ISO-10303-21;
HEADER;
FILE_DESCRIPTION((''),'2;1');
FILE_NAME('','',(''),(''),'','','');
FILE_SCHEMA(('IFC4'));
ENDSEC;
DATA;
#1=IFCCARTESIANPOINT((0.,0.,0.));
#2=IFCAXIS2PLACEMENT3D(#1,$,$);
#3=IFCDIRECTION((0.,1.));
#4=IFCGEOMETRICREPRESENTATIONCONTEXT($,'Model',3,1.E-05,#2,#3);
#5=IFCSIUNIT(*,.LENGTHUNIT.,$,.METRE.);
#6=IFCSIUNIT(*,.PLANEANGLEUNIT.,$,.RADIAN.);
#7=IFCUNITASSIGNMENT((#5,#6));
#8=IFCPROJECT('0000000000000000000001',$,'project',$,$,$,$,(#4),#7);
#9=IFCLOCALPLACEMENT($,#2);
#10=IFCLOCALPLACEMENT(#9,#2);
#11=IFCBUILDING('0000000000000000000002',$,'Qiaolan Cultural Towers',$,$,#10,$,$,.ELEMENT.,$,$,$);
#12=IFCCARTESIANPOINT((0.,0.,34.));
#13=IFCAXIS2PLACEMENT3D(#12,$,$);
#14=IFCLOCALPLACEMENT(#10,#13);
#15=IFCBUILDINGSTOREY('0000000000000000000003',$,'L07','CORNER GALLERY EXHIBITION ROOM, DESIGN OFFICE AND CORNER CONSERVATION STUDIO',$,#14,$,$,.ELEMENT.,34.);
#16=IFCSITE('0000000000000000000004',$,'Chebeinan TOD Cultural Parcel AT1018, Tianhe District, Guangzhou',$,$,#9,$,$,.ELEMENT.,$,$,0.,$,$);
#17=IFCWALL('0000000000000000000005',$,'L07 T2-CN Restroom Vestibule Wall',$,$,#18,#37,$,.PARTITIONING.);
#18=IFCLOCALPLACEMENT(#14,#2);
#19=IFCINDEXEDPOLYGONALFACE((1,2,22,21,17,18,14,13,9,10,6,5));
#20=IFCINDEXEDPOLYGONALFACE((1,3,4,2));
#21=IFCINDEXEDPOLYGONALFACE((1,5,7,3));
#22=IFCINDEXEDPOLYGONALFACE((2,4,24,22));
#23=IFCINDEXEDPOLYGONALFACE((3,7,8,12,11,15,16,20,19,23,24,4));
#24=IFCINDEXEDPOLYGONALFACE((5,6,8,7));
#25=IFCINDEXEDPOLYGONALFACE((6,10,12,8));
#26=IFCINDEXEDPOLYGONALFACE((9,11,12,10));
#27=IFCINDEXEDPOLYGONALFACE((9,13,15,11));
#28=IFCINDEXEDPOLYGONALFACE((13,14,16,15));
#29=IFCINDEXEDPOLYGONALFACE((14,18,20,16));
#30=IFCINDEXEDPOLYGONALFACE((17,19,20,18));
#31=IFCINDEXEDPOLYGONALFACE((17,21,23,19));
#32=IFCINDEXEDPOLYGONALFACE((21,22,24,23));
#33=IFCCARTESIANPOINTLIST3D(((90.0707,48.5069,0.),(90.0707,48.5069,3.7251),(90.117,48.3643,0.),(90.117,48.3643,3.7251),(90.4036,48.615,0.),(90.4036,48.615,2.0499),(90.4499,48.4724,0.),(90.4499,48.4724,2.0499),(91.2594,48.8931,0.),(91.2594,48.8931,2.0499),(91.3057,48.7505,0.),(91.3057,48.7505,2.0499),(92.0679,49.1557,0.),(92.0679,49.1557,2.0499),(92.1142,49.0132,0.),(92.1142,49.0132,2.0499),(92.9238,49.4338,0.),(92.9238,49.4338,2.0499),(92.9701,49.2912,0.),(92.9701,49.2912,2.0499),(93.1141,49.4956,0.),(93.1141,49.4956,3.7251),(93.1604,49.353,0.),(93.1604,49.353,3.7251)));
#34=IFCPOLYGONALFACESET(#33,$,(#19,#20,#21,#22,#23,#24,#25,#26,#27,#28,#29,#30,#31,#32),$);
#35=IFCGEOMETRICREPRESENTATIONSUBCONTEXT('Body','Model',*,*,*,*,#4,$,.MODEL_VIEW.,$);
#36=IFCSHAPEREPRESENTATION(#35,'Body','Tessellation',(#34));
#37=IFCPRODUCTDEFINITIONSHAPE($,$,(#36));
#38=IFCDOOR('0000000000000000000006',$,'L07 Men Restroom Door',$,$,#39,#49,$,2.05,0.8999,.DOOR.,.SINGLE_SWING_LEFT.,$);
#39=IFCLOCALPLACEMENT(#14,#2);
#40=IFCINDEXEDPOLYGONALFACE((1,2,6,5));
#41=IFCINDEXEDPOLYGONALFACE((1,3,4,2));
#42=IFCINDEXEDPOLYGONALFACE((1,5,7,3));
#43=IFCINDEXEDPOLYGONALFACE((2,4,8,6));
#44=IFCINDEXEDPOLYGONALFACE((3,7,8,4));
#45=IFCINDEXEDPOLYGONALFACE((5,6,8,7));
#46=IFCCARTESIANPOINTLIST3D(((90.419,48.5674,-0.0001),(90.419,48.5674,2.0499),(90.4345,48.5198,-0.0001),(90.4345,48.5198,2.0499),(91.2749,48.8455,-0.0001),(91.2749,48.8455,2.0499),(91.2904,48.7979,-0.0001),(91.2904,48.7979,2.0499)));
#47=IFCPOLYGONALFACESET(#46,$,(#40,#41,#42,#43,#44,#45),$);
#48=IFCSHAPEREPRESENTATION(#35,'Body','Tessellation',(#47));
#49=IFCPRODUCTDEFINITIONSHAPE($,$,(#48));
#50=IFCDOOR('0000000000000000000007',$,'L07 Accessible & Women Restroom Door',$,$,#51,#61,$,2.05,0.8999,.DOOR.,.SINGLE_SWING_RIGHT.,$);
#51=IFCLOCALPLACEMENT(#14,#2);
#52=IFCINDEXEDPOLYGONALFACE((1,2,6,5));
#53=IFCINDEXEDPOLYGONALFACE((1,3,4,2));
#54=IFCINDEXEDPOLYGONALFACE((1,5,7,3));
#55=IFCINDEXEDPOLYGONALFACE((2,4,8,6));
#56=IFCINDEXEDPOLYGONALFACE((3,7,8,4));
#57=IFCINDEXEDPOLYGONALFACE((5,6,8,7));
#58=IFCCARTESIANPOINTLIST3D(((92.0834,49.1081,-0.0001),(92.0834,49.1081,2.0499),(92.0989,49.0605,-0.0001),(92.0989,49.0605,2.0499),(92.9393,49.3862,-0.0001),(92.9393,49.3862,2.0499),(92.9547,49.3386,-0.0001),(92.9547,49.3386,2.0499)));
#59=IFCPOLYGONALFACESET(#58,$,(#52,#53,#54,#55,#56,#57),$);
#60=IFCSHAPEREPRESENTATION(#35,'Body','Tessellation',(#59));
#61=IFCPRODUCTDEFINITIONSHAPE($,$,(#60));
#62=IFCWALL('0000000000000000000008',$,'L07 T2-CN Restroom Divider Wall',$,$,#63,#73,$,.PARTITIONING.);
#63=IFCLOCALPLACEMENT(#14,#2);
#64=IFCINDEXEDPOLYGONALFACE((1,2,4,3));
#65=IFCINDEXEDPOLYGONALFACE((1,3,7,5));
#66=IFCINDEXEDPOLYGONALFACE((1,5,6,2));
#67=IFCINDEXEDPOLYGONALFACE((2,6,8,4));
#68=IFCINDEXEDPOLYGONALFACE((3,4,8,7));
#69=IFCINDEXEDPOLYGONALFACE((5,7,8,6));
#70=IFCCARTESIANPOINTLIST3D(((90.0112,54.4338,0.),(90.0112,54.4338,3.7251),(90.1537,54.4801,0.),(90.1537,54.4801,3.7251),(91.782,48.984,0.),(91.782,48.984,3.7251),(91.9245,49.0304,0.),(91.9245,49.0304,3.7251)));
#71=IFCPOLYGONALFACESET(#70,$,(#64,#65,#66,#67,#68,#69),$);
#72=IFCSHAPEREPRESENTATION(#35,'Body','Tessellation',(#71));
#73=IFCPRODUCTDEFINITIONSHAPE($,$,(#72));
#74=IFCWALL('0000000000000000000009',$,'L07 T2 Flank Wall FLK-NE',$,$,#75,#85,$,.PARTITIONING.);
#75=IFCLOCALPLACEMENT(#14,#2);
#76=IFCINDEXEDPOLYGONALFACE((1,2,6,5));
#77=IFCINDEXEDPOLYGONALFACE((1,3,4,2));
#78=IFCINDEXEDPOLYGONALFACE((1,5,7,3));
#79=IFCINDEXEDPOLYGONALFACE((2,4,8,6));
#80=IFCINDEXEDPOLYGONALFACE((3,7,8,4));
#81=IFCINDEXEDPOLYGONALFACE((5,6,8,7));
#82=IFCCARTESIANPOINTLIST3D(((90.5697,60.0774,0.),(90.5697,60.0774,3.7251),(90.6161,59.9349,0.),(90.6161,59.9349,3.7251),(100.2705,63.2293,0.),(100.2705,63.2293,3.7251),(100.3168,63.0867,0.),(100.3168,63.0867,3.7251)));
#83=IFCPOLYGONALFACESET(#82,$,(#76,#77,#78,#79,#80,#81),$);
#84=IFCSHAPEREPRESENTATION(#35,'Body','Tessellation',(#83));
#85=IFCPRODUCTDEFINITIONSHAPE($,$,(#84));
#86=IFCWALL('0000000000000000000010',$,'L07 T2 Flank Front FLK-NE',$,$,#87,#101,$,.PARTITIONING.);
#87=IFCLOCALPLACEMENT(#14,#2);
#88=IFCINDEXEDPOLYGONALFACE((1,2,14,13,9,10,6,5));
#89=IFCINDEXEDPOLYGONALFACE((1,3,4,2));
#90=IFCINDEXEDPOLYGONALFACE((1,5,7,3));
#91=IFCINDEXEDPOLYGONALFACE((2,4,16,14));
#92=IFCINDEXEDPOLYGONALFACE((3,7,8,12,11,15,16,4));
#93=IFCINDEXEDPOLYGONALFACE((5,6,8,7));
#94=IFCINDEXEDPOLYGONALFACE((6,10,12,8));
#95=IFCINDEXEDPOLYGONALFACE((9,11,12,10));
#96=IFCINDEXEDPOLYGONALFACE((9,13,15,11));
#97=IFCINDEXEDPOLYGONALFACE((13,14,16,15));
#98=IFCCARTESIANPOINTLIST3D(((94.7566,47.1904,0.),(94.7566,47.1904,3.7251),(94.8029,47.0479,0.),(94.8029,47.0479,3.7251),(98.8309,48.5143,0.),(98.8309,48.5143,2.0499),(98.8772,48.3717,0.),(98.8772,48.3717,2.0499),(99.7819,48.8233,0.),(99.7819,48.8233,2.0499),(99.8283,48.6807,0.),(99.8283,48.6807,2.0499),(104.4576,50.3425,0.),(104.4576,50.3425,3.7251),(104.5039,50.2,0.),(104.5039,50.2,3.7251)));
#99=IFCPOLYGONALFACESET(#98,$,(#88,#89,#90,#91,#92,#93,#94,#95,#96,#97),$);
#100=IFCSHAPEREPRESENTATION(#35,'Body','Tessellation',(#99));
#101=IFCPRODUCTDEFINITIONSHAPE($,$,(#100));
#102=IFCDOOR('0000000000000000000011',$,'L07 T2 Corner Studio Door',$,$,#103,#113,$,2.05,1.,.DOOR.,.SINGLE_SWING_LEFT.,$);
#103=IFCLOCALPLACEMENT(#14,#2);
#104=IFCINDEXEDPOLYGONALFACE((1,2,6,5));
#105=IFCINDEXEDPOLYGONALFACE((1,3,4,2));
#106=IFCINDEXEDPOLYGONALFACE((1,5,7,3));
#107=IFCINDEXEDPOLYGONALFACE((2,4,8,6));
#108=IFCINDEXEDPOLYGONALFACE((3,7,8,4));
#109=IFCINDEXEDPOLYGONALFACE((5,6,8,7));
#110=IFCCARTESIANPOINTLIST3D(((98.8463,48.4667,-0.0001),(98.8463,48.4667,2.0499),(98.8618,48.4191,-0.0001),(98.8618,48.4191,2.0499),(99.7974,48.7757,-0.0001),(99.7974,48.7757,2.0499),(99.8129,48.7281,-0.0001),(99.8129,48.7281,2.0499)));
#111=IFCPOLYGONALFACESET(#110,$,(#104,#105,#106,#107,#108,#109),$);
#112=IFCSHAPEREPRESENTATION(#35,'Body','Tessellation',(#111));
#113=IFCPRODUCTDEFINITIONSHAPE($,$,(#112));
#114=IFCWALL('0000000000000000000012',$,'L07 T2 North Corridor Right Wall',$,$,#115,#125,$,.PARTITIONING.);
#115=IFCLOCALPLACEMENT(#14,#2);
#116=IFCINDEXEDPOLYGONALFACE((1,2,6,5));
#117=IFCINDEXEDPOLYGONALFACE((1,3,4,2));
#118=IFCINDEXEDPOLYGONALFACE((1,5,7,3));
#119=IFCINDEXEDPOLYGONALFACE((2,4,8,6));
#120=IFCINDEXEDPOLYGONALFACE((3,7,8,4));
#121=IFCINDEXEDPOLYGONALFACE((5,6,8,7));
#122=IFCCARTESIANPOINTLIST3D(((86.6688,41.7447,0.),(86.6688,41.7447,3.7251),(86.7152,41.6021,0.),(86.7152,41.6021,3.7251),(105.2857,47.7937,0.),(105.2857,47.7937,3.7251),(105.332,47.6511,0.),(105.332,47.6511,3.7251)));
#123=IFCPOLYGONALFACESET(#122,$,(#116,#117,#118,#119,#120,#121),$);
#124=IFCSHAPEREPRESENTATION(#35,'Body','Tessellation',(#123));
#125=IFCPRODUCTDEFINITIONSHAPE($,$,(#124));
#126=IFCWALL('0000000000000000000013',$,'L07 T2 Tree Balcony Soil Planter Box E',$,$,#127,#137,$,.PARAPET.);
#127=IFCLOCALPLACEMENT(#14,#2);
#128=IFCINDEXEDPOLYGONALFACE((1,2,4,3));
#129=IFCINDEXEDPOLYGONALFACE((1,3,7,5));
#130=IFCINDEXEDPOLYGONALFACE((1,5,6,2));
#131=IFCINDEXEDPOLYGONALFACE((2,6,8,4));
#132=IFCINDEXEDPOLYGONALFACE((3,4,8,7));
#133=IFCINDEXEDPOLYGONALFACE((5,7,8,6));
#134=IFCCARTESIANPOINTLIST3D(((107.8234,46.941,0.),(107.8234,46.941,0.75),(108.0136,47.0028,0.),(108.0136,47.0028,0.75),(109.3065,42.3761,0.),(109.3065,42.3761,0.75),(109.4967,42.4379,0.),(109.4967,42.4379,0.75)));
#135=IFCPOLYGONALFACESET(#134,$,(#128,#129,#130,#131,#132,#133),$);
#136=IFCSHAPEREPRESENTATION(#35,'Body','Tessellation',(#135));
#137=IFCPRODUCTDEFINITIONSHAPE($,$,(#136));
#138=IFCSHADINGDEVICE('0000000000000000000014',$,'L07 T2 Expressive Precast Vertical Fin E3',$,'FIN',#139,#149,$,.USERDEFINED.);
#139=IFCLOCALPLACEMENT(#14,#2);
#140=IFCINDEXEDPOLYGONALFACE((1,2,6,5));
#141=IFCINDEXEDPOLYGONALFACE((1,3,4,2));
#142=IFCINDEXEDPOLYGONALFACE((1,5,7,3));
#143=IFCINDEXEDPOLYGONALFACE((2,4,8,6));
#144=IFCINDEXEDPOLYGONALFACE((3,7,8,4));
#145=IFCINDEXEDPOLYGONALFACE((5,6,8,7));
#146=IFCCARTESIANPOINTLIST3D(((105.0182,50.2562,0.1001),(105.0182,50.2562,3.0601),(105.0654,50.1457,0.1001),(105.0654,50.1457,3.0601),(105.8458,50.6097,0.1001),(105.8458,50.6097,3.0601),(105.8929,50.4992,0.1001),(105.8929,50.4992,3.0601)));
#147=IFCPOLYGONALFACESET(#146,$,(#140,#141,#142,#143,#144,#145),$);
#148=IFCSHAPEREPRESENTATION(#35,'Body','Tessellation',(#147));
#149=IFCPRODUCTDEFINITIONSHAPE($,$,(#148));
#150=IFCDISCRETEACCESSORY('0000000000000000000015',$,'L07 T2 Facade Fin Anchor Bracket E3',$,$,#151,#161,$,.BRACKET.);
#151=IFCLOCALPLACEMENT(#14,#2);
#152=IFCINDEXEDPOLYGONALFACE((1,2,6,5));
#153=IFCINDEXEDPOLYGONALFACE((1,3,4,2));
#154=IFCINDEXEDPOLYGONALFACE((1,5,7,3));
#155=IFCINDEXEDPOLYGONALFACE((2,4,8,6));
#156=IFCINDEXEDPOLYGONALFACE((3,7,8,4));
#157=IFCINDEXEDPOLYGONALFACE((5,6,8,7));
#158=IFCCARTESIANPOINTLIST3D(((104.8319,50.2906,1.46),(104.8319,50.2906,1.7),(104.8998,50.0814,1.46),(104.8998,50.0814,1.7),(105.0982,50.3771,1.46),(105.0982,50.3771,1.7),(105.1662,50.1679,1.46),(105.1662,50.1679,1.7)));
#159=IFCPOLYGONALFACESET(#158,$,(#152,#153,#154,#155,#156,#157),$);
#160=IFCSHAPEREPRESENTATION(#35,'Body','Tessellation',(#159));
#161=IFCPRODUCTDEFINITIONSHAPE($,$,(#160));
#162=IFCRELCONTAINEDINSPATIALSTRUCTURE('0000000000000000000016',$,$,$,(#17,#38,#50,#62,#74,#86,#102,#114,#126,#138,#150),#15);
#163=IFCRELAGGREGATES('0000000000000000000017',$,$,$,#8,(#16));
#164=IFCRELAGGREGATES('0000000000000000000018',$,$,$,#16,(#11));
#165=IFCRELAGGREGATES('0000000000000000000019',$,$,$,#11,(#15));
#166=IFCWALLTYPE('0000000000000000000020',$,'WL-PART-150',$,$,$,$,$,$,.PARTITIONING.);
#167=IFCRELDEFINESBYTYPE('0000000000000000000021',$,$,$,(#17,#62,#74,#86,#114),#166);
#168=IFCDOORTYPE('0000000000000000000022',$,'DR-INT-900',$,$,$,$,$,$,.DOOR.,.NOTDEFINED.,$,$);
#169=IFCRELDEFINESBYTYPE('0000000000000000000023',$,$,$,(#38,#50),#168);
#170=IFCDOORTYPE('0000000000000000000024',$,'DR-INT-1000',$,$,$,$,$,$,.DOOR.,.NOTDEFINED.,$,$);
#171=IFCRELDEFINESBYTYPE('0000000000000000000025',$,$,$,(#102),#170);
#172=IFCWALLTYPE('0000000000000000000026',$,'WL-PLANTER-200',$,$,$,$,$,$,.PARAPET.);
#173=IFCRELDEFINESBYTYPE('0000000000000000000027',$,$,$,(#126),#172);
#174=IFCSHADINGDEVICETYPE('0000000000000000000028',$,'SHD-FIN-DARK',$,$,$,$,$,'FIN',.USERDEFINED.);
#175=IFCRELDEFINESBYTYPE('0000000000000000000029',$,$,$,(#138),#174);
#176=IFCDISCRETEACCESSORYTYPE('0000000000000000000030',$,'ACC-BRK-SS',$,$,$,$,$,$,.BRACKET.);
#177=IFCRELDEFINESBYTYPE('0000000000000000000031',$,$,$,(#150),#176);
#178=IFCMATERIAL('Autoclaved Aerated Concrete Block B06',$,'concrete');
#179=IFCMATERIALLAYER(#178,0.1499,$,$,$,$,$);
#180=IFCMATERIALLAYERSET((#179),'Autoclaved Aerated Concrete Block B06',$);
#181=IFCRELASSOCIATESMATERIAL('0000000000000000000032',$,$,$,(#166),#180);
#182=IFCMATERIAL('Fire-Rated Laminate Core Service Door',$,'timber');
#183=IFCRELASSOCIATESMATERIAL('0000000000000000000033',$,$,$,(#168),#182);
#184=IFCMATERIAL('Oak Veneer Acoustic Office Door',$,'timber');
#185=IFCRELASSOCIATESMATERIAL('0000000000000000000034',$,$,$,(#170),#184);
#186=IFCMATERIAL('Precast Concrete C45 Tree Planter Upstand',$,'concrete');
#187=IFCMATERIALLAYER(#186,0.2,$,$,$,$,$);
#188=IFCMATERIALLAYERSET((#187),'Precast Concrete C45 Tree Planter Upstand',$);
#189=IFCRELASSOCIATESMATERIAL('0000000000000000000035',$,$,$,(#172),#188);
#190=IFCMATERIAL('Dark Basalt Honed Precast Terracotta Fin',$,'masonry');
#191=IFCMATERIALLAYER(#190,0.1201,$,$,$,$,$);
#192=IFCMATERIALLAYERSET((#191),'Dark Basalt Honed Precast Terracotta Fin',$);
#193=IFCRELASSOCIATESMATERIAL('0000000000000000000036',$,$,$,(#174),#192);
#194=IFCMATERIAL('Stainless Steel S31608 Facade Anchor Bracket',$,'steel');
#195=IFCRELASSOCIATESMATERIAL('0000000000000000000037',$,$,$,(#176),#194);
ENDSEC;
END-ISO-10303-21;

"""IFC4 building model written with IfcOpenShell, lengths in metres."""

from ifc_helpers import new_model, si_unit, direction, frame, frame_2d, origin, origin_2d, place, context, subcontext, project, spatial, rectangle, extrude, material, layer, layer_set, type_object, element, fill, save


model = new_model("IFC4")

# Units and contexts
model_context = context("Model", 3, precision=1e-05, world=origin(), true_north=direction((0.0, 1.0)))
body_context = subcontext(model_context, "Body", "Model", "MODEL_VIEW")
ifc_project = project(units=[si_unit("LENGTHUNIT", "METRE"), si_unit("PLANEANGLEUNIT", "RADIAN")], contexts=[model_context])

# Site, building, storey
site_placement = place(None, origin())
site = spatial("IfcSite", under=ifc_project, at=site_placement, Name="Chebeinan TOD Cultural Parcel AT1018, Tianhe District, Guangzhou", CompositionType="ELEMENT", RefElevation=0.0)
building_placement = place(site_placement, origin())
building = spatial("IfcBuilding", under=site, at=building_placement, Name="Qiaolan Cultural Towers", CompositionType="ELEMENT")
storey_placement = place(building_placement, frame((0.0, 0.0, 34.0)))
storey = spatial("IfcBuildingStorey", under=building, at=storey_placement, Name="L07", Description="CORNER GALLERY EXHIBITION ROOM, DESIGN OFFICE AND CORNER CONSERVATION STUDIO", CompositionType="ELEMENT", Elevation=34.0)

# Shared definitions
ifc_material_1 = material(Name="Autoclaved Aerated Concrete Block B06", Category="concrete")
ifc_layer_1 = layer(ifc_material_1, 0.1499)
ifc_layer_set_1 = layer_set([ifc_layer_1], Name="Autoclaved Aerated Concrete Block B06")
wall_type_1 = type_object("IfcWallType", Name="WL-PART-150", PredefinedType="PARTITIONING", material=ifc_layer_set_1)

# Wall, openings, doors
wall_1_placement = place(storey_placement, frame((90.0938, 48.4355, 0.0), z_axis=(0.0, 0.0, 1.0), x_axis=(0.951067, 0.308986, 0.0)))
wall_1 = element("IfcWall", 1, at=wall_1_placement, inside=storey, type_object=wall_type_1, Name="L07 T2-CN Restroom Vestibule Wall", PredefinedType="PARTITIONING", context=body_context, shape_type="SweptSolid", body=[
    extrude(rectangle(XDim=3.2, YDim=0.1499, at=frame_2d((1.6001, 0.0))), origin(), (0.0, 0.0, 1.0), 3.7251),
])
opening_1_placement = place(wall_1_placement, frame((0.3501, 0.0, 0.0)))
opening_1 = element("IfcOpeningElement", 2, at=opening_1_placement, cuts=wall_1, PredefinedType="OPENING", context=body_context, shape_type="SweptSolid", body=[
    extrude(rectangle(XDim=0.8999, YDim=2.05, at=frame_2d((0.45, 1.0249))), frame((0.0, 0.085, 0.0), z_axis=(0.0, -1.0, 0.0), x_axis=(1.0, 0.0, 0.0)), (0.0, 0.0, 1.0), 0.1699),
])
opening_2_placement = place(wall_1_placement, frame((2.1001, 0.0, 0.0)))
opening_2 = element("IfcOpeningElement", 3, at=opening_2_placement, cuts=wall_1, PredefinedType="OPENING", context=body_context, shape_type="SweptSolid", body=[
    extrude(rectangle(XDim=0.8999, YDim=2.05, at=frame_2d((0.45, 1.0249))), frame((0.0, 0.085, 0.0), z_axis=(0.0, -1.0, 0.0), x_axis=(1.0, 0.0, 0.0)), (0.0, 0.0, 1.0), 0.1699),
])
ifc_material_2 = material(Name="Fire-Rated Laminate Core Service Door", Category="timber")
door_type_1 = type_object("IfcDoorType", Name="DR-INT-900", OperationType="NOTDEFINED", PredefinedType="DOOR", material=ifc_material_2)
door_1_placement = place(opening_1_placement, origin())
door_1 = element("IfcDoor", 4, at=door_1_placement, inside=storey, type_object=door_type_1, Name="L07 Men Restroom Door", OperationType="SINGLE_SWING_LEFT", OverallHeight=2.05, OverallWidth=0.8999, PredefinedType="DOOR", context=body_context, shape_type="SweptSolid", body=[
    extrude(rectangle(XDim=0.8999, YDim=2.05, at=frame_2d((0.45, 1.0249))), frame((0.0, 0.0249, 0.0), z_axis=(0.0, -1.0, 0.0), x_axis=(1.0, 0.0, 0.0)), (0.0, 0.0, 1.0), 0.05),
])
fill(opening_1, door_1)
door_2_placement = place(opening_2_placement, origin())
door_2 = element("IfcDoor", 5, at=door_2_placement, inside=storey, type_object=door_type_1, Name="L07 Accessible & Women Restroom Door", OperationType="SINGLE_SWING_RIGHT", OverallHeight=2.05, OverallWidth=0.8999, PredefinedType="DOOR", context=body_context, shape_type="SweptSolid", body=[
    extrude(rectangle(XDim=0.8999, YDim=2.05, at=frame_2d((0.45, 1.0249))), frame((0.0, 0.0249, 0.0), z_axis=(0.0, -1.0, 0.0), x_axis=(1.0, 0.0, 0.0)), (0.0, 0.0, 1.0), 0.05),
])
fill(opening_2, door_2)

# Walls
wall_2_placement = place(storey_placement, frame((91.8533, 49.0071, 0.0), z_axis=(0.0, 0.0, 1.0), x_axis=(-0.309022, 0.951055, 0.0)))
element("IfcWall", 6, at=wall_2_placement, inside=storey, type_object=wall_type_1, Name="L07 T2-CN Restroom Divider Wall", PredefinedType="PARTITIONING", context=body_context, shape_type="SweptSolid", body=[
    extrude(rectangle(XDim=5.7302, YDim=0.1499, at=frame_2d((2.8652, 0.0))), origin(), (0.0, 0.0, 1.0), 3.7251),
])
wall_3_placement = place(storey_placement, frame((90.5928, 60.0061, 0.0), z_axis=(0.0, 0.0, 1.0), x_axis=(0.951059, 0.309009, 0.0)))
element("IfcWall", 7, at=wall_3_placement, inside=storey, type_object=wall_type_1, Name="L07 T2 Flank Wall FLK-NE", PredefinedType="PARTITIONING", context=body_context, shape_type="SweptSolid", body=[
    extrude(rectangle(XDim=10.2, YDim=0.1499, at=frame_2d((5.1001, 0.0))), origin(), (0.0, 0.0, 1.0), 3.7251),
])

# Wall, opening, door
wall_4_placement = place(storey_placement, frame((94.7798, 47.1191, 0.0), z_axis=(0.0, 0.0, 1.0), x_axis=(0.951054, 0.309024, 0.0)))
wall_4 = element("IfcWall", 8, at=wall_4_placement, inside=storey, type_object=wall_type_1, Name="L07 T2 Flank Front FLK-NE", PredefinedType="PARTITIONING", context=body_context, shape_type="SweptSolid", body=[
    extrude(rectangle(XDim=10.2002, YDim=0.1499, at=frame_2d((5.1001, 0.0))), origin(), (0.0, 0.0, 1.0), 3.7251),
])
opening_3_placement = place(wall_4_placement, frame((4.2839, 0.0, 0.0)))
opening_3 = element("IfcOpeningElement", 9, at=opening_3_placement, cuts=wall_4, PredefinedType="OPENING", context=body_context, shape_type="SweptSolid", body=[
    extrude(rectangle(XDim=1.0, YDim=2.05, at=frame_2d((0.5, 1.0249))), frame((0.0, 0.085, 0.0), z_axis=(0.0, -1.0, 0.0), x_axis=(1.0, 0.0, 0.0)), (0.0, 0.0, 1.0), 0.1699),
])
ifc_material_3 = material(Name="Oak Veneer Acoustic Office Door", Category="timber")
door_type_2 = type_object("IfcDoorType", Name="DR-INT-1000", OperationType="NOTDEFINED", PredefinedType="DOOR", material=ifc_material_3)
door_3_placement = place(opening_3_placement, origin())
door_3 = element("IfcDoor", 10, at=door_3_placement, inside=storey, type_object=door_type_2, Name="L07 T2 Corner Studio Door", OperationType="SINGLE_SWING_LEFT", OverallHeight=2.05, OverallWidth=1.0, PredefinedType="DOOR", context=body_context, shape_type="SweptSolid", body=[
    extrude(rectangle(XDim=1.0, YDim=2.05, at=frame_2d((0.5, 1.0249))), frame((0.0, 0.0249, 0.0), z_axis=(0.0, -1.0, 0.0), x_axis=(1.0, 0.0, 0.0)), (0.0, 0.0, 1.0), 0.05),
])
fill(opening_3, door_3)

# Walls
wall_5_placement = place(storey_placement, frame((86.6919, 41.6733, 0.0), z_axis=(0.0, 0.0, 1.0), x_axis=(0.951056, 0.30902, 0.0)))
element("IfcWall", 11, at=wall_5_placement, inside=storey, type_object=wall_type_1, Name="L07 T2 North Corridor Right Wall", PredefinedType="PARTITIONING", context=body_context, shape_type="SweptSolid", body=[
    extrude(rectangle(XDim=19.575, YDim=0.1499, at=frame_2d((9.7876, 0.0))), origin(), (0.0, 0.0, 1.0), 3.7251),
])
ifc_material_4 = material(Name="Precast Concrete C45 Tree Planter Upstand", Category="concrete")
ifc_layer_2 = layer(ifc_material_4, 0.2)
ifc_layer_set_2 = layer_set([ifc_layer_2], Name="Precast Concrete C45 Tree Planter Upstand")
wall_type_2 = type_object("IfcWallType", Name="WL-PLANTER-200", PredefinedType="PARAPET", material=ifc_layer_set_2)
wall_6_placement = place(storey_placement, frame((109.4016, 42.407, 0.0), z_axis=(0.0, 0.0, 1.0), x_axis=(-0.309001, 0.951062, 0.0)))
element("IfcWall", 12, at=wall_6_placement, inside=storey, type_object=wall_type_2, Name="L07 T2 Tree Balcony Soil Planter Box E", PredefinedType="PARAPET", context=body_context, shape_type="SweptSolid", body=[
    extrude(rectangle(XDim=4.7998, YDim=0.2, at=frame_2d((2.3999, 0.0))), origin(), (0.0, 0.0, 1.0), 0.75),
])

# Shading device
ifc_material_5 = material(Name="Dark Basalt Honed Precast Terracotta Fin", Category="masonry")
ifc_layer_3 = layer(ifc_material_5, 0.1201)
ifc_layer_set_3 = layer_set([ifc_layer_3], Name="Dark Basalt Honed Precast Terracotta Fin")
shading_device_type = type_object("IfcShadingDeviceType", Name="SHD-FIN-DARK", ElementType="FIN", PredefinedType="USERDEFINED", material=ifc_layer_set_3)
shading_device_placement = place(storey_placement, frame((105.4556, 50.3777, 0.1001), z_axis=(0.0, 0.0, 1.0), x_axis=(0.919614, 0.392824, 0.0)))
element("IfcShadingDevice", 13, at=shading_device_placement, inside=storey, type_object=shading_device_type, Name="L07 T2 Expressive Precast Vertical Fin E3", ObjectType="FIN", PredefinedType="USERDEFINED", context=body_context, shape_type="SweptSolid", body=[
    extrude(rectangle(XDim=0.8999, YDim=0.1201, at=origin_2d()), origin(), (0.0, 0.0, 1.0), 2.96),
])

# Discrete accessory
ifc_material_6 = material(Name="Stainless Steel S31608 Facade Anchor Bracket", Category="steel")
discrete_accessory_type = type_object("IfcDiscreteAccessoryType", Name="ACC-BRK-SS", PredefinedType="BRACKET", material=ifc_material_6)
discrete_accessory_placement = place(storey_placement, frame((104.999, 50.2292, 1.46), z_axis=(0.0, 0.0, 1.0), x_axis=(0.951057, 0.309017, 0.0)))
element("IfcDiscreteAccessory", 14, at=discrete_accessory_placement, inside=storey, type_object=discrete_accessory_type, Name="L07 T2 Facade Fin Anchor Bracket E3", PredefinedType="BRACKET", context=body_context, shape_type="SweptSolid", body=[
    extrude(rectangle(XDim=0.28, YDim=0.22, at=origin_2d()), origin(), (0.0, 0.0, 1.0), 0.24),
])

save(model, "model.ifc")
